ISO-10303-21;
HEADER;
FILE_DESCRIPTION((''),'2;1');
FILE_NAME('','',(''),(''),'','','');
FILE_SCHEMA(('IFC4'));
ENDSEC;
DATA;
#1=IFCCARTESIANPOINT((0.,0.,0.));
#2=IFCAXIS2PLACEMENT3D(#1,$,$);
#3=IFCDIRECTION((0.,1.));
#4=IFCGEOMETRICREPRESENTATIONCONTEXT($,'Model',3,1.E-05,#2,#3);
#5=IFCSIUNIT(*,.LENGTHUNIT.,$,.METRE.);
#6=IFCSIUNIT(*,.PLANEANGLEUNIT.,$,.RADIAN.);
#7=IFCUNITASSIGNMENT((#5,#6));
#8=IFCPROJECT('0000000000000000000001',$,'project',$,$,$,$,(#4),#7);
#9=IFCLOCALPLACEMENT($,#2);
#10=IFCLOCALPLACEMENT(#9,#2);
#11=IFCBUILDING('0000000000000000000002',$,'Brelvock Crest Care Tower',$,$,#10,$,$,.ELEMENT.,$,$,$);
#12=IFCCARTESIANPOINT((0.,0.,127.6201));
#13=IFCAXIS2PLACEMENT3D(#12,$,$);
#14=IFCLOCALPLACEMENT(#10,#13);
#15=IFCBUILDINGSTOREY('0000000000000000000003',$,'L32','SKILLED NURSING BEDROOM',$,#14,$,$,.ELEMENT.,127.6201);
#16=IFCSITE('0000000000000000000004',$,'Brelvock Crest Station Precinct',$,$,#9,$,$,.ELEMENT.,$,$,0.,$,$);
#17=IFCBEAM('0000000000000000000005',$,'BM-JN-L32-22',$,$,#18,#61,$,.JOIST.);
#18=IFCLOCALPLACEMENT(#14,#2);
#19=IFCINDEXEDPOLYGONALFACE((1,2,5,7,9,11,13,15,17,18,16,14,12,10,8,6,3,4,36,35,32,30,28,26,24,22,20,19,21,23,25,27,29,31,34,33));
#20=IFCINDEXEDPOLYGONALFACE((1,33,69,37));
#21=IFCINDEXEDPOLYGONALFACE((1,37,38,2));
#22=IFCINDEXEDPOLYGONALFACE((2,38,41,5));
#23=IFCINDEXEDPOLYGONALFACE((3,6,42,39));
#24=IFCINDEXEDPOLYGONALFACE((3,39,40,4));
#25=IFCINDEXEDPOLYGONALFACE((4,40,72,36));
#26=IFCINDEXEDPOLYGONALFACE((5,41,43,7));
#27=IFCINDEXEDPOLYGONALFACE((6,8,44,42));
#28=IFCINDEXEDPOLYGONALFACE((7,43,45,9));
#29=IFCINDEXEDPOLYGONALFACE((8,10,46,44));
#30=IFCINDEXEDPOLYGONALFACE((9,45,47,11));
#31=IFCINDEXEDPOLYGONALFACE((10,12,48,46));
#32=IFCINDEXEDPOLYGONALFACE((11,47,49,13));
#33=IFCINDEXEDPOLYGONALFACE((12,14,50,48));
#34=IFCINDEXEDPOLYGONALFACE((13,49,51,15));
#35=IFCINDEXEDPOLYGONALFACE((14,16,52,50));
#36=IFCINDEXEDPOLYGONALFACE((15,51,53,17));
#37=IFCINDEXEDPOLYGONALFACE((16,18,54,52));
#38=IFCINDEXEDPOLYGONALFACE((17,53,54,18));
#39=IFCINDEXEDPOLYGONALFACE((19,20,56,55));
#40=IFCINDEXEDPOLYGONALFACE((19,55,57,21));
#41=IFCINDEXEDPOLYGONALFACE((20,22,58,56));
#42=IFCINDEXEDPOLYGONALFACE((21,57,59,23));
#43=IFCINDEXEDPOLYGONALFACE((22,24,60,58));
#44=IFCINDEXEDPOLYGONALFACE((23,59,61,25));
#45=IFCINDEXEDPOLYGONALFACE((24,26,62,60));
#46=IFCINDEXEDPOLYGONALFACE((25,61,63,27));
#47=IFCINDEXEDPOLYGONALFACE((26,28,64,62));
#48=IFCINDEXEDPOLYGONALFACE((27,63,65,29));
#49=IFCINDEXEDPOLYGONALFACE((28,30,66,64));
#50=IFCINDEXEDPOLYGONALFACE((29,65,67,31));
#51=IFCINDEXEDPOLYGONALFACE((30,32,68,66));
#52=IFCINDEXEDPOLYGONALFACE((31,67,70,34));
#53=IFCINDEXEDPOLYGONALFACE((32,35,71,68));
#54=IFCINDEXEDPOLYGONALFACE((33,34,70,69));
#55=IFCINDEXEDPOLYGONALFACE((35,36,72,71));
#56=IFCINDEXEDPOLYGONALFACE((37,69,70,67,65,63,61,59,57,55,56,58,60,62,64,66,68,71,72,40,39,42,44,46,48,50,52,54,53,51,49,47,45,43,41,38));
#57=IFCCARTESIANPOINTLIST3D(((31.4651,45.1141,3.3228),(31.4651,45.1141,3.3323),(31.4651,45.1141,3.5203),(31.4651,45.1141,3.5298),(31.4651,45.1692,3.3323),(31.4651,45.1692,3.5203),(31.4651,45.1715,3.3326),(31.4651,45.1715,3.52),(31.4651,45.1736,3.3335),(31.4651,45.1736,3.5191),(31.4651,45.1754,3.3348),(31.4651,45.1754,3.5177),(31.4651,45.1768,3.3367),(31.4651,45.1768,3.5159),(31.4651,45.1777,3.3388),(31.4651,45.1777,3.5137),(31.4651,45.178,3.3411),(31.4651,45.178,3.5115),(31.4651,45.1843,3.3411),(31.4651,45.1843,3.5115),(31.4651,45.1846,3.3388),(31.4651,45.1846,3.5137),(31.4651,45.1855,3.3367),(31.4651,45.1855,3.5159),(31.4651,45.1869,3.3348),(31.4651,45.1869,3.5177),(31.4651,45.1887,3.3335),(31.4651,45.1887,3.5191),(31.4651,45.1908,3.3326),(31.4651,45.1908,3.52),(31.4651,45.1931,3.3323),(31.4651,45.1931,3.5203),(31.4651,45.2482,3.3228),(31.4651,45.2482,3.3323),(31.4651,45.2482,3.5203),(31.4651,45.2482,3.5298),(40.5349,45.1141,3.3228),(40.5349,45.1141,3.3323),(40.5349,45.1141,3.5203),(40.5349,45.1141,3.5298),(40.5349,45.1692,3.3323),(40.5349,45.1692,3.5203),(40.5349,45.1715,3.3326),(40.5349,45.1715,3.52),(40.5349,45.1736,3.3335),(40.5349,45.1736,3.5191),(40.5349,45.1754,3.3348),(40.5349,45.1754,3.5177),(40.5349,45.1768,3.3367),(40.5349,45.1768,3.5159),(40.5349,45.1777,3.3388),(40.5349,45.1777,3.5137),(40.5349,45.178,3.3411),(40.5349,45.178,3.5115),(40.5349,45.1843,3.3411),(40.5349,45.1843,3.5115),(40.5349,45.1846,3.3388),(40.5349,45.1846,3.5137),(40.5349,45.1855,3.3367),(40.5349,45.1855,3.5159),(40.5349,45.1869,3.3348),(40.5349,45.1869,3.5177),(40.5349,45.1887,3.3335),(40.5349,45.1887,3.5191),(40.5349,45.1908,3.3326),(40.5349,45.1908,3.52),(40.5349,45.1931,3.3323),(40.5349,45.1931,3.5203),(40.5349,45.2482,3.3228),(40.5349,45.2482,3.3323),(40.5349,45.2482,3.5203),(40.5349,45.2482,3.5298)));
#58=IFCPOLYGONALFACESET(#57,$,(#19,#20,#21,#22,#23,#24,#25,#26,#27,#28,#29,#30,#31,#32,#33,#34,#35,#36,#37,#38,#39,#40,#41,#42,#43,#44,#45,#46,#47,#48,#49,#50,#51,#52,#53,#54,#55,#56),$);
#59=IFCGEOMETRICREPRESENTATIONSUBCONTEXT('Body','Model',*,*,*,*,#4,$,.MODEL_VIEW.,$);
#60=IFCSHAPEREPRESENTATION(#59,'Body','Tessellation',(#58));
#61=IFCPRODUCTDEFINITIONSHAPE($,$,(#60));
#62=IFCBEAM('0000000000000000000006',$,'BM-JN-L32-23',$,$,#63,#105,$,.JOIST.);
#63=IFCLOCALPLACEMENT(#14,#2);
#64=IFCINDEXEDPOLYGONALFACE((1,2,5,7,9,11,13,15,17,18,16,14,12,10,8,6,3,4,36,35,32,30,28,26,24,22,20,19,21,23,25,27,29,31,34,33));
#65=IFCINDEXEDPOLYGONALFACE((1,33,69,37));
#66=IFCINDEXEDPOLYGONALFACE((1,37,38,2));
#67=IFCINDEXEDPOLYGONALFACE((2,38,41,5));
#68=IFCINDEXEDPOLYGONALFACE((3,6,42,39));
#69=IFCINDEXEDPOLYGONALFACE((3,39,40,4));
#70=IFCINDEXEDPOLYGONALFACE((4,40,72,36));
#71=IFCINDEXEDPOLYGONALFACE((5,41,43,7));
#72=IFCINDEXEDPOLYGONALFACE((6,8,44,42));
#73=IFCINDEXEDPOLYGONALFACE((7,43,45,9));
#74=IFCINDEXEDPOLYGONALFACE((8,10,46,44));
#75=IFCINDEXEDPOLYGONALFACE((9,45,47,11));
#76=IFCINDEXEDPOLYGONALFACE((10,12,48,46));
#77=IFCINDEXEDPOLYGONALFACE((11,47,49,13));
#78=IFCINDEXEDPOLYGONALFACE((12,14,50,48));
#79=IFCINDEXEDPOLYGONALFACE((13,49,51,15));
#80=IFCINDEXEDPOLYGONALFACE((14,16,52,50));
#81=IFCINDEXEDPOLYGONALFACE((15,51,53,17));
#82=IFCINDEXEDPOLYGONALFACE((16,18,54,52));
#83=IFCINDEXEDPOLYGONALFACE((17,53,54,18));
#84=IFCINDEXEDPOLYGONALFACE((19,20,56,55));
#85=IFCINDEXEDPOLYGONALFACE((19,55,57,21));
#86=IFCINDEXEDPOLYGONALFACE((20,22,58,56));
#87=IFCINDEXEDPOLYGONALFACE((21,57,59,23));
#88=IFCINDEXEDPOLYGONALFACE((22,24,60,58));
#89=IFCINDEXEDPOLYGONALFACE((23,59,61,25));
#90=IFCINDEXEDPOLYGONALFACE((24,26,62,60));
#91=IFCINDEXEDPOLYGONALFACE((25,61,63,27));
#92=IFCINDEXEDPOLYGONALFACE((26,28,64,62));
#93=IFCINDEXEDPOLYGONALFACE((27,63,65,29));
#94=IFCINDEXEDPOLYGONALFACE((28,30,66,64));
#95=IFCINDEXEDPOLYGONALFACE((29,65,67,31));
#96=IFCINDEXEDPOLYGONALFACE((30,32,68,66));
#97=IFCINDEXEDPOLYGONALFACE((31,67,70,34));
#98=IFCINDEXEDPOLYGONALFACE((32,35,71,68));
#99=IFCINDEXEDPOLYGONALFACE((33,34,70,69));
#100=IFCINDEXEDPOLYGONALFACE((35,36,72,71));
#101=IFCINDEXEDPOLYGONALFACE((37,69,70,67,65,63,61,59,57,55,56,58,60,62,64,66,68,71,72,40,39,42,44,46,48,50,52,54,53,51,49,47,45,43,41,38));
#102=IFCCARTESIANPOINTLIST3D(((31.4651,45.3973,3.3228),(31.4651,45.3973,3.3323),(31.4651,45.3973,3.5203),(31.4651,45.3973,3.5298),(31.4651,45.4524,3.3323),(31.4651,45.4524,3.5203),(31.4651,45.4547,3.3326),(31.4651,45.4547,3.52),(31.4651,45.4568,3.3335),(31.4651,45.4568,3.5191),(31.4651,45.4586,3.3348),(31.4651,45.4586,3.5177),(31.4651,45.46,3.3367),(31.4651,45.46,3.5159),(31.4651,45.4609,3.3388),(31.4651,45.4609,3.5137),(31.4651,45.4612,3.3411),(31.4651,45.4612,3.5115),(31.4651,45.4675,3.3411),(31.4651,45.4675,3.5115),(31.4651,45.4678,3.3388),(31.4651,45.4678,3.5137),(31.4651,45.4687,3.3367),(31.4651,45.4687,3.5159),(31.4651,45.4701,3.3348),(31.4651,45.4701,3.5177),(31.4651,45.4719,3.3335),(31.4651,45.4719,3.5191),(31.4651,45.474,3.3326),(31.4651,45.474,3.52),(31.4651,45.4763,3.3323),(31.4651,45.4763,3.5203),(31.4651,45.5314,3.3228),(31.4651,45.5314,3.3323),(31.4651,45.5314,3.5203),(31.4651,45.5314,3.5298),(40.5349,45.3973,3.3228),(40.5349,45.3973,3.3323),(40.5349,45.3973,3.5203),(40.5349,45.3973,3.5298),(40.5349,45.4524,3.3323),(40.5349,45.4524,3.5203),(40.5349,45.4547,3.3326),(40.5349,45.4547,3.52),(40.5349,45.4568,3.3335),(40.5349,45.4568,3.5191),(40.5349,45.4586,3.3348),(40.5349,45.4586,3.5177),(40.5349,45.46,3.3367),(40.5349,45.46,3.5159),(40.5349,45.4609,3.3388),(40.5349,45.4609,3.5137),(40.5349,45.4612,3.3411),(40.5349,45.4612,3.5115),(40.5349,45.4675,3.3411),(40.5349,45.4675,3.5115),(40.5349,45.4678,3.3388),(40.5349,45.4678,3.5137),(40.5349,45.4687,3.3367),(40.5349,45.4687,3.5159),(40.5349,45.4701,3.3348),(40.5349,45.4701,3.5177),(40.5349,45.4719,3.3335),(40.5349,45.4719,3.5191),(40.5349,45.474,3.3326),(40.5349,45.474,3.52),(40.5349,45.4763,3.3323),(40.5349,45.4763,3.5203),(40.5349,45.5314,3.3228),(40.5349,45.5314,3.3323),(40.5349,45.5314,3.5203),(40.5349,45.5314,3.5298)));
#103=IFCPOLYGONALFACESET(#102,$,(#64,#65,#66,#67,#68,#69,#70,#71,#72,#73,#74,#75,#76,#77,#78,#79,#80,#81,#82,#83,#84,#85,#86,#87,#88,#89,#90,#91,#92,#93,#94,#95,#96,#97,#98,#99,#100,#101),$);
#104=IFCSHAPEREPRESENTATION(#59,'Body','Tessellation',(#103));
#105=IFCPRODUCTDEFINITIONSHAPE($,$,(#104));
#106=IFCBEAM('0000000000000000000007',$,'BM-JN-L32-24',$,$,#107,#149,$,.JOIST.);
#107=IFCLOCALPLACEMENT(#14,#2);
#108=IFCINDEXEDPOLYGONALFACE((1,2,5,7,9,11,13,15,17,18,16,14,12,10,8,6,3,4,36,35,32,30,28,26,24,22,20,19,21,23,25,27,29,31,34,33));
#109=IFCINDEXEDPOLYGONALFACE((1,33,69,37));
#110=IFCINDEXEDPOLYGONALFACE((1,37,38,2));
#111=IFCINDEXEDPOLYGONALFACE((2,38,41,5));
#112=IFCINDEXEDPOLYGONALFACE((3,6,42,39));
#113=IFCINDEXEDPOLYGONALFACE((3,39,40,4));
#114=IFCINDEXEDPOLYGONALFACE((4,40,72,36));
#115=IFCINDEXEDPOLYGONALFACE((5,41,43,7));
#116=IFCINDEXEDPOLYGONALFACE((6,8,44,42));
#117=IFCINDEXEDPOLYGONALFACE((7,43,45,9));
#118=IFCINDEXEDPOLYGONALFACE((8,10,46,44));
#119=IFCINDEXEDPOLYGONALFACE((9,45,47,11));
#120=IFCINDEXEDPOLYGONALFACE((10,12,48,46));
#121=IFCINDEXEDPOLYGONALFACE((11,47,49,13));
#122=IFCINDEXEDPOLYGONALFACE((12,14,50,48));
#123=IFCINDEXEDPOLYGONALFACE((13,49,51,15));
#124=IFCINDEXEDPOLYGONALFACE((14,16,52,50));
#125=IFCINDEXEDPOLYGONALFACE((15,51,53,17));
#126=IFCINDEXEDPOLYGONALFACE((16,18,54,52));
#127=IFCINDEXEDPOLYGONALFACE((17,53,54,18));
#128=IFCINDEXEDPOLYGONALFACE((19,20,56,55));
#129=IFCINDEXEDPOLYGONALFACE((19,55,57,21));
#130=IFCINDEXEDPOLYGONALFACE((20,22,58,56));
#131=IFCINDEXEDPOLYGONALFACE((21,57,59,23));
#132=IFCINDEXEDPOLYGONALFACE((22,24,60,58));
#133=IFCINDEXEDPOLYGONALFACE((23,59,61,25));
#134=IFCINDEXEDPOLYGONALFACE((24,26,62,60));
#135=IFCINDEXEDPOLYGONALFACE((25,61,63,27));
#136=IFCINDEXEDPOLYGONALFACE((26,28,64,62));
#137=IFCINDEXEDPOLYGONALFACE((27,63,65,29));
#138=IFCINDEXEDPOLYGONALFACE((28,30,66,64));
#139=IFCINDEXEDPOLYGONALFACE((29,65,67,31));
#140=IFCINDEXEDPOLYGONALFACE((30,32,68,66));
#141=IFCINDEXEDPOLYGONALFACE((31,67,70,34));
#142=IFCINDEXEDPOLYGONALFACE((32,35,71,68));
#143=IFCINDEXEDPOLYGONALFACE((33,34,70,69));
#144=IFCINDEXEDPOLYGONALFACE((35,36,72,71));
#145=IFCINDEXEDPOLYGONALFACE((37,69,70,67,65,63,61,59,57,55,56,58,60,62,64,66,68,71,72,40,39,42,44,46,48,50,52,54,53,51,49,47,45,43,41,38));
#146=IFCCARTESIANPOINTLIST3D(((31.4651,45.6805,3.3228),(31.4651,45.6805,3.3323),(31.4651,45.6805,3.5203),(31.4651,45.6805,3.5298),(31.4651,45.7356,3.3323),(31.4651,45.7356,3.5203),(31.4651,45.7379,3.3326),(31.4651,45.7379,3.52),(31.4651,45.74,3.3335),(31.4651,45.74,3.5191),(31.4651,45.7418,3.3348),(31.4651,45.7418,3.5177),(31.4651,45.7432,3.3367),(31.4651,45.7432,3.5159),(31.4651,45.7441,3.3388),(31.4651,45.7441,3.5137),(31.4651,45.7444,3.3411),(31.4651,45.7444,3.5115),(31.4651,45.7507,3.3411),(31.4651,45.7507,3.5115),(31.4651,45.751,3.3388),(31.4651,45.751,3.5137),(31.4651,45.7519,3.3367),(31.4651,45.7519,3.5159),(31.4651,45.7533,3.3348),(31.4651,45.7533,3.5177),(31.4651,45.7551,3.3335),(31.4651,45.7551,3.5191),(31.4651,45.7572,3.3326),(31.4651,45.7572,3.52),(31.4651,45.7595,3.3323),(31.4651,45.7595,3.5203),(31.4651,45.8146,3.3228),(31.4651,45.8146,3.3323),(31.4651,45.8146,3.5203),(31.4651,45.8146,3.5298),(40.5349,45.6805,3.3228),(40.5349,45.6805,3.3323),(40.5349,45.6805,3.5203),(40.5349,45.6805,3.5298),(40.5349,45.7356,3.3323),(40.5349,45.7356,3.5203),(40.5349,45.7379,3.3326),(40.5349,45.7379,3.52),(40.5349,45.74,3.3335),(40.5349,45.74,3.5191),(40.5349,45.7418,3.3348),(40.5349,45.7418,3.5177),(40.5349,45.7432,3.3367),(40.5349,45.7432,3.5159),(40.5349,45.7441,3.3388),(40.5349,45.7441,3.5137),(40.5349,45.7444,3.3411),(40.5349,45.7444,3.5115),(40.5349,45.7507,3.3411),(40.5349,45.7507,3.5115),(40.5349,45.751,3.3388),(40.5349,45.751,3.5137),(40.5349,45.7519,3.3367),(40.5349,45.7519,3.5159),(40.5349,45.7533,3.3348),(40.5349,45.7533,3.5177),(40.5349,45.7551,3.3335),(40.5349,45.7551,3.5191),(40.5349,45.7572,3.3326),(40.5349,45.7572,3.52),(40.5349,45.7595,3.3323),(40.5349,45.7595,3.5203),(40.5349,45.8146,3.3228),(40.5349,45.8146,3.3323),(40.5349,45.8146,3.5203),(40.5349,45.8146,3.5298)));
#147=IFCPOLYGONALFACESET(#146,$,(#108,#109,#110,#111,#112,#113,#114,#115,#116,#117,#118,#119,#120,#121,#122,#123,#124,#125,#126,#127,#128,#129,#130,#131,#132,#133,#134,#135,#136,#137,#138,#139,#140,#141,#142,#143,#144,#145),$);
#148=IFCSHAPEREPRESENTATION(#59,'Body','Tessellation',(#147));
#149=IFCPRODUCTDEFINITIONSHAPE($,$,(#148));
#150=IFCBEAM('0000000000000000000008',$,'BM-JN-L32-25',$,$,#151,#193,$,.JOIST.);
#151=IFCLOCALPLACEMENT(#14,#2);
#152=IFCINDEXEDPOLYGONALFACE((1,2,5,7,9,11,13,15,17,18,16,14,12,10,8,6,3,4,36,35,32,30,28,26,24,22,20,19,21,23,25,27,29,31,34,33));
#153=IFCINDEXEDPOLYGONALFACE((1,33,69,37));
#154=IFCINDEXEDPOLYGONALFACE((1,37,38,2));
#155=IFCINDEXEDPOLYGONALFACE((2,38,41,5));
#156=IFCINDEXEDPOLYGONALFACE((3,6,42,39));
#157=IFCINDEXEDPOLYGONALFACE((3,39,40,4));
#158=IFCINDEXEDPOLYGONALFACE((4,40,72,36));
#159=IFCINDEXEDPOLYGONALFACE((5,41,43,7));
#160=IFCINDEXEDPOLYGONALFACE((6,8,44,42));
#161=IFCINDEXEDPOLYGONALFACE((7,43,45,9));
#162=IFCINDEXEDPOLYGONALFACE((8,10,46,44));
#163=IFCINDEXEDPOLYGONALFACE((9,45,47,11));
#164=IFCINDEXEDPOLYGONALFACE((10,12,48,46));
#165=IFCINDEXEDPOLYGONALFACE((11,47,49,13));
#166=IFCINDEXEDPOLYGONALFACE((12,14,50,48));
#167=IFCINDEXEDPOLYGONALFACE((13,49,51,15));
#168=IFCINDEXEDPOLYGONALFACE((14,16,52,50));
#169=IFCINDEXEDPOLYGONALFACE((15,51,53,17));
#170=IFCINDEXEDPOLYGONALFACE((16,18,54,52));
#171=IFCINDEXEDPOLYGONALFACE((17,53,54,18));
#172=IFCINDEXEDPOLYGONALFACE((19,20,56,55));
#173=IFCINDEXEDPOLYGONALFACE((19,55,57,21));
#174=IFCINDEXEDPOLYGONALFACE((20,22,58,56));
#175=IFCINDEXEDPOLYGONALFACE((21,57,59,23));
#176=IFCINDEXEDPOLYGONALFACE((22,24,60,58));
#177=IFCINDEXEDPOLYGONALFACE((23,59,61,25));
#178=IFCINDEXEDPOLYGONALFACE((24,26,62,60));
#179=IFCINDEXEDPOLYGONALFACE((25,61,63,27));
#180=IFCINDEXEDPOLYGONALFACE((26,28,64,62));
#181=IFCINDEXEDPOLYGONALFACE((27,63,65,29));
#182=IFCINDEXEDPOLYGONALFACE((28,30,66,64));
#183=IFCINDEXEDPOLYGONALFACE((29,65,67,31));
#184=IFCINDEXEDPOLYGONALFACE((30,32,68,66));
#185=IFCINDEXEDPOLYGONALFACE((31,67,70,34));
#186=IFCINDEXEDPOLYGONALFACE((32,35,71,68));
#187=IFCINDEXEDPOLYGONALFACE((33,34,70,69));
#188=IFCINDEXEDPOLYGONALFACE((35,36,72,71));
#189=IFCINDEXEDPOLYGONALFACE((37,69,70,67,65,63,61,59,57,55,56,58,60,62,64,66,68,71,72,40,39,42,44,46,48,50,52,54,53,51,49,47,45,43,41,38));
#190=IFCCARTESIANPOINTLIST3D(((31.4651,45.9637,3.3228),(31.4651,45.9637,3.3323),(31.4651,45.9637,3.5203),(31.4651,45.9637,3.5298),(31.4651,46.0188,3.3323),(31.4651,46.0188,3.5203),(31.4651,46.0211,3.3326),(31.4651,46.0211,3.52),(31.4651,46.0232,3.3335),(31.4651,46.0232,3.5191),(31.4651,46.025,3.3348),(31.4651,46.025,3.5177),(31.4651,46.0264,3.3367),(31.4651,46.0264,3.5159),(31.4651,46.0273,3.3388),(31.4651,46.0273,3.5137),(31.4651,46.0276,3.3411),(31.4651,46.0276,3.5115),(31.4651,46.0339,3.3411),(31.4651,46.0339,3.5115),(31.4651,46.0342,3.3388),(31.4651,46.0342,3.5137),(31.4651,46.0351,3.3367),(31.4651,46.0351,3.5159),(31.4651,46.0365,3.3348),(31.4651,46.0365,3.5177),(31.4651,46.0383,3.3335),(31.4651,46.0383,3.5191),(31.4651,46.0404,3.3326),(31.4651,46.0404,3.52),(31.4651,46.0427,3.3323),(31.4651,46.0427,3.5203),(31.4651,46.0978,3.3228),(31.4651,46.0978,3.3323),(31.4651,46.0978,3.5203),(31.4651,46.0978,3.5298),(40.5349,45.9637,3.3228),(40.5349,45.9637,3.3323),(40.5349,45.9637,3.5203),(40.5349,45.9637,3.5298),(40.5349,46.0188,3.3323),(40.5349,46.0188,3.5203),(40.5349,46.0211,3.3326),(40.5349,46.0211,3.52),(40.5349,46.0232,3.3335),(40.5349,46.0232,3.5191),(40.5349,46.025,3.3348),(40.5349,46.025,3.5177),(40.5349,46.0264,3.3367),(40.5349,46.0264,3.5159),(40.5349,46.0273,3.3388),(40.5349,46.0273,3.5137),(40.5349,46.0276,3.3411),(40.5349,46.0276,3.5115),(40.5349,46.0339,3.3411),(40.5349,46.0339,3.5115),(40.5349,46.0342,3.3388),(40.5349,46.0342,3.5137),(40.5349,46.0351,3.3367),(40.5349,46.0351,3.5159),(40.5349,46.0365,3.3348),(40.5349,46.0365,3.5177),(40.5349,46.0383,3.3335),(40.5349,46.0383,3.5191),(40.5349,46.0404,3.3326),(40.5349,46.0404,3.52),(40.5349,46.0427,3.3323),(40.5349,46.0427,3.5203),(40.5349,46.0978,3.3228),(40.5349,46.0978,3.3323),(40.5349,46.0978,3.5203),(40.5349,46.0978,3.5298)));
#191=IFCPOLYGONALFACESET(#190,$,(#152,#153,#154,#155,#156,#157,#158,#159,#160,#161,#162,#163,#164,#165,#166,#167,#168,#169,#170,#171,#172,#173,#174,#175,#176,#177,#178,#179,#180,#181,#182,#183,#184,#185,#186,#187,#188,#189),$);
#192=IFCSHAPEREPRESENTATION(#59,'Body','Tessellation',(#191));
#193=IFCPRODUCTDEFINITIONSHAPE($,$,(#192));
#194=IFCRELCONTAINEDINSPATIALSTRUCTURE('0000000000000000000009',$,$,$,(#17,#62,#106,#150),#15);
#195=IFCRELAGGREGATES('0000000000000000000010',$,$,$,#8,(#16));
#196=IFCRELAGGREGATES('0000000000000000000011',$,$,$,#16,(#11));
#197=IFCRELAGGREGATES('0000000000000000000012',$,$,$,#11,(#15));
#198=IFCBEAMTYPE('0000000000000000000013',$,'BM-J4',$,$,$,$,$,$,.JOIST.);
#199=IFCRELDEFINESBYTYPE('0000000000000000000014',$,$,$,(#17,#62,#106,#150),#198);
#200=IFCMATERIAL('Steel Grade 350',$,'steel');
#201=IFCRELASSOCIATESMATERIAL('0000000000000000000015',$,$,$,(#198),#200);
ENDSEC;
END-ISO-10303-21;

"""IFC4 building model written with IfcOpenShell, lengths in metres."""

from ifc_helpers import new_model, si_unit, direction, frame, origin, origin_2d, place, context, subcontext, project, spatial, i_section, extrude, source, transform, mapped, material, material_profile, profile_set, type_object, element, save


model = new_model("IFC4")

# Units and contexts
model_context = context("Model", 3, precision=1e-05, world=origin(), true_north=direction((0.0, 1.0)))
body_context = subcontext(model_context, "Body", "Model", "MODEL_VIEW")
ifc_project = project(units=[si_unit("LENGTHUNIT", "METRE"), si_unit("PLANEANGLEUNIT", "RADIAN")], contexts=[model_context])

# Site, building, storey
site_placement = place(None, origin())
site = spatial("IfcSite", under=ifc_project, at=site_placement, Name="Brelvock Crest Station Precinct", CompositionType="ELEMENT", RefElevation=0.0)
building_placement = place(site_placement, origin())
building = spatial("IfcBuilding", under=site, at=building_placement, Name="Brelvock Crest Care Tower", CompositionType="ELEMENT")
storey_placement = place(building_placement, frame((0.0, 0.0, 127.6201)))
storey = spatial("IfcBuildingStorey", under=building, at=storey_placement, Name="L32", Description="SKILLED NURSING BEDROOM", CompositionType="ELEMENT", Elevation=127.6201)

# Beams
ifc_material_1 = material(Name="Steel Grade 350", Category="steel")
ifc_material_profile_1 = material_profile(ifc_material_1, i_section(OverallWidth=0.134, OverallDepth=0.207, WebThickness=0.0063, FlangeThickness=0.0095, FilletRadius=0.0088, at=origin_2d()), Name="200UB29.8")
ifc_profile_set_1 = profile_set([ifc_material_profile_1], Name="Steel Grade 350")
beam_type_1 = type_object("IfcBeamType", Name="BM-J4", PredefinedType="JOIST", material=ifc_profile_set_1)
shared_shape_1 = source(origin(), body_context, "Body", "SweptSolid", [
    extrude(i_section(OverallWidth=0.134, OverallDepth=0.207, WebThickness=0.0063, FlangeThickness=0.0095, FilletRadius=0.0088, at=origin_2d()), origin(), (0.0, 0.0, 1.0), 9.0698),
])
for number, where, z_axis, x_axis, name in (
    (1, (31.4651, 45.1812, 3.4263), (1.0, 0.0, 0.0), (0.0, 1.0, 0.0), "BM-JN-L32-22"),
    (2, (31.4651, 45.4644, 3.4263), (1.0, 0.0, 0.0), (0.0, 1.0, 0.0), "BM-JN-L32-23"),
    (3, (31.4651, 45.7476, 3.4263), (1.0, 0.0, 0.0), (0.0, 1.0, 0.0), "BM-JN-L32-24"),
    (4, (31.4651, 46.0308, 3.4263), (1.0, 0.0, 0.0), (0.0, 1.0, 0.0), "BM-JN-L32-25"),
):
    element("IfcBeam", number, at=place(storey_placement, frame(where, z_axis=z_axis, x_axis=x_axis)), inside=storey, type_object=beam_type_1, Name=name, PredefinedType="JOIST", context=body_context, shape_type="MappedRepresentation", body=[
        mapped(shared_shape_1, transform((0.0, 0.0, 0.0), x_axis=(1.0, 0.0, 0.0), y_axis=(0.0, 1.0, 0.0), z_axis=(0.0, 0.0, 1.0), scale=1.0)),
    ])

save(model, "model.ifc")
